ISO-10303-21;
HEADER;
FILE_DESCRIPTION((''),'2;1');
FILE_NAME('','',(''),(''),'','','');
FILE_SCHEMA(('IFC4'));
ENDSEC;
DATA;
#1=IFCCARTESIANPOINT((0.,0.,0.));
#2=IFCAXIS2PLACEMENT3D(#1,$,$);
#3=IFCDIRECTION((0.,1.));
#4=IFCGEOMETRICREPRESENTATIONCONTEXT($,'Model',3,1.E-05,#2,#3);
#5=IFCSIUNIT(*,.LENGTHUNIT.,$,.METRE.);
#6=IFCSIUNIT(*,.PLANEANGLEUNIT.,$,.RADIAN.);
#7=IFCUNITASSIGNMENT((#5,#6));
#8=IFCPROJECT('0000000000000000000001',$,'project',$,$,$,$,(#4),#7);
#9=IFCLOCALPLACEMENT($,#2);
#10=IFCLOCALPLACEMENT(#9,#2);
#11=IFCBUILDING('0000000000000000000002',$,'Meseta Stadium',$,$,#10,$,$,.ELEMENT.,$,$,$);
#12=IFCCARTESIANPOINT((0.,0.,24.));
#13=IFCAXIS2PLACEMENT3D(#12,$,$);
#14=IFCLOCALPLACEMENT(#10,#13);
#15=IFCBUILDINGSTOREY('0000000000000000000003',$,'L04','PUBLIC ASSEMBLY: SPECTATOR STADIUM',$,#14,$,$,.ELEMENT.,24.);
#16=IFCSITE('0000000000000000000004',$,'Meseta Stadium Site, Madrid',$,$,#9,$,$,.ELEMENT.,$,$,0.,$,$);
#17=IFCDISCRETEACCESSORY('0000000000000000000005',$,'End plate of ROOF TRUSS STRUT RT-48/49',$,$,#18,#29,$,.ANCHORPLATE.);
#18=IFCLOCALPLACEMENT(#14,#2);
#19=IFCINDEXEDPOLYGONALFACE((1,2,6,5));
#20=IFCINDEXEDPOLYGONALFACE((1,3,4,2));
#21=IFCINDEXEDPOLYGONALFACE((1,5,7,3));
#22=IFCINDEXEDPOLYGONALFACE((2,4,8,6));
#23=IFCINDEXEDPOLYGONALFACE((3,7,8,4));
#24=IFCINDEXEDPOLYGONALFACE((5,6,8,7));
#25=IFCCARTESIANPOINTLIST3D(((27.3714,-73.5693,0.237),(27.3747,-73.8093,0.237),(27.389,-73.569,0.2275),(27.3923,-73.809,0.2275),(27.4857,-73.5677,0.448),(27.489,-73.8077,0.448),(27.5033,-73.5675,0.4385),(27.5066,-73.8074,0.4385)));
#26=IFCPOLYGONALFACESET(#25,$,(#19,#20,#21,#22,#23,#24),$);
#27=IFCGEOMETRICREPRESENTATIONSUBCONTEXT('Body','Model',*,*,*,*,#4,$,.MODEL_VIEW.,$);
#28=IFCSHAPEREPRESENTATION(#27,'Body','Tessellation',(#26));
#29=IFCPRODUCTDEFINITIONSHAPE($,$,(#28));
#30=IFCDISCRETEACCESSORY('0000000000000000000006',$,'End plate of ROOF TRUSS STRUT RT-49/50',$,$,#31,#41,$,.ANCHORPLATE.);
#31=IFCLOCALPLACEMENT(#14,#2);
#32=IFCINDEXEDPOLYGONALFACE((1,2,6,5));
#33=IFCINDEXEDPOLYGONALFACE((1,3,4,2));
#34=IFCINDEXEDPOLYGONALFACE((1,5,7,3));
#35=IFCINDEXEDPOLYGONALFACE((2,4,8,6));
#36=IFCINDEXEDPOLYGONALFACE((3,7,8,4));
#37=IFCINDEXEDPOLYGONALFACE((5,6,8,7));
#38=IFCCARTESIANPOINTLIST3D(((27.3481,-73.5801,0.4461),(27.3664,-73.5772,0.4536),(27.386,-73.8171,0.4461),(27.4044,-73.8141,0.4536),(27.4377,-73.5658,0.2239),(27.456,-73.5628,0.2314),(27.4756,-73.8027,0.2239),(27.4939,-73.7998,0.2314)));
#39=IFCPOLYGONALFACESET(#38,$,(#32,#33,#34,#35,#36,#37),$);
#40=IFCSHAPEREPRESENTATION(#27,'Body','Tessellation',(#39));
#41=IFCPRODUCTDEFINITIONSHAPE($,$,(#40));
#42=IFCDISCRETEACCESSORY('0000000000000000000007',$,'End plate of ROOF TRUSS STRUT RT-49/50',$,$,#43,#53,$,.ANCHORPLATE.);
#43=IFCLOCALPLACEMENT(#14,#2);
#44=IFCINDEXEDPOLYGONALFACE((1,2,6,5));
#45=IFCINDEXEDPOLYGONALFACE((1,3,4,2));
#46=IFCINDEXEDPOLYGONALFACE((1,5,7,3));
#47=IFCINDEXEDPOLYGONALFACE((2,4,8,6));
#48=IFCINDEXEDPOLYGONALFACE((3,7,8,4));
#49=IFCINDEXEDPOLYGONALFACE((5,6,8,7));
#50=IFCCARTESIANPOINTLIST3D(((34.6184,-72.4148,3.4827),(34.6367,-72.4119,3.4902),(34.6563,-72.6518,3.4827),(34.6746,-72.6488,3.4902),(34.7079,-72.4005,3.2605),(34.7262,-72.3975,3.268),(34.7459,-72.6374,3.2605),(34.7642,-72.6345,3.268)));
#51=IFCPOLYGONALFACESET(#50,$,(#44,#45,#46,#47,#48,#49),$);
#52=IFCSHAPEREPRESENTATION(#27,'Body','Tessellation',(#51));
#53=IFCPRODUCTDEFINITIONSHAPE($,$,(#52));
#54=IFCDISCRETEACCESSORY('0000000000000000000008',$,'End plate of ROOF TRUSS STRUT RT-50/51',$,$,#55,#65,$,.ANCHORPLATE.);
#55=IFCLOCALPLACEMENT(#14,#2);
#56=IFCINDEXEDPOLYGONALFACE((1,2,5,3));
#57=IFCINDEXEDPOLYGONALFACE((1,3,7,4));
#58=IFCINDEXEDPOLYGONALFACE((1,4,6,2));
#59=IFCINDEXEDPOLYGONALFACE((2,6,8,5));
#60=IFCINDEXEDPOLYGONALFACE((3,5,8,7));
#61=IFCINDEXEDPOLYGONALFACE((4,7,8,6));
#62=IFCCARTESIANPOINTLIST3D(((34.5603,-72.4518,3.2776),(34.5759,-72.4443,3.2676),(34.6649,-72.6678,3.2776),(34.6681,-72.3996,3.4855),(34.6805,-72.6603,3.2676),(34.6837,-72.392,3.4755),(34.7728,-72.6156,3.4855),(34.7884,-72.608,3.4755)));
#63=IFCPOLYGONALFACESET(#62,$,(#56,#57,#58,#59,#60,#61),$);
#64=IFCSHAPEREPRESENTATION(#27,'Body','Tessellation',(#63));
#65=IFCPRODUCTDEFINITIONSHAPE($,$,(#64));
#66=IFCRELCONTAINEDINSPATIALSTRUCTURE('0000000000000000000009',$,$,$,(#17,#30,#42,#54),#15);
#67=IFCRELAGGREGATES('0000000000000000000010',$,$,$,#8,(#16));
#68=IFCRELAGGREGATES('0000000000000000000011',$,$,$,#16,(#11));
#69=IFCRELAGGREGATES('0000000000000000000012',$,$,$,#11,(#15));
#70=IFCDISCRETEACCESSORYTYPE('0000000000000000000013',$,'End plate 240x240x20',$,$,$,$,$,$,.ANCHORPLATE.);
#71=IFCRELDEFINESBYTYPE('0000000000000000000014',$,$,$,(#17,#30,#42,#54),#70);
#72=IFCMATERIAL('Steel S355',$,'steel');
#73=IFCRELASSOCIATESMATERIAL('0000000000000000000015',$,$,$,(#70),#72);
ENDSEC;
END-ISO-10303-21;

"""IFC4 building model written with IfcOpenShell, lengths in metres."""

from ifc_helpers import new_model, si_unit, direction, frame, origin, origin_2d, place, context, subcontext, project, spatial, rectangle, extrude, material, material_profile, profile_set, type_object, element, save


model = new_model("IFC4")

# Units and contexts
model_context = context("Model", 3, precision=1e-05, world=origin(), true_north=direction((0.0, 1.0)))
body_context = subcontext(model_context, "Body", "Model", "MODEL_VIEW")
ifc_project = project(units=[si_unit("LENGTHUNIT", "METRE"), si_unit("PLANEANGLEUNIT", "RADIAN")], contexts=[model_context])

# Site, building, storey
site_placement = place(None, origin())
site = spatial("IfcSite", under=ifc_project, at=site_placement, Name="Meseta Stadium Site, Madrid", CompositionType="ELEMENT", RefElevation=0.0)
building_placement = place(site_placement, origin())
building = spatial("IfcBuilding", under=site, at=building_placement, Name="Meseta Stadium", CompositionType="ELEMENT")
storey_placement = place(building_placement, frame((0.0, 0.0, 24.0)))
storey = spatial("IfcBuildingStorey", under=building, at=storey_placement, Name="L04", Description="PUBLIC ASSEMBLY: SPECTATOR STADIUM", CompositionType="ELEMENT", Elevation=24.0)

# Discrete accessories
ifc_material_1 = material(Name="Steel S355", Category="steel")
ifc_material_profile_1 = material_profile(ifc_material_1, rectangle(XDim=0.24, YDim=0.24, at=origin_2d()), Name="PL 240x240")
ifc_profile_set_1 = profile_set([ifc_material_profile_1], Name="Steel S355")
discrete_accessory_type_1 = type_object("IfcDiscreteAccessoryType", Name="End plate 240x240x20", PredefinedType="ANCHORPLATE", material=ifc_profile_set_1)
for number, where, z_axis, x_axis, name in (
    (1, (27.4302, -73.6885, 0.3425), (0.879226, 0.012211, -0.476248), (-0.013888, 0.999904, 0.0), "End plate of ROOF TRUSS STRUT RT-48/49"),
    (2, (27.4119, -73.6914, 0.335), (0.914226, 0.146276, 0.37788), (-0.157991, 0.987441, 0.0), "End plate of ROOF TRUSS STRUT RT-49/50"),
    (3, (34.6821, -72.5261, 3.3716), (0.914226, 0.146276, 0.37788), (-0.157991, 0.987441, 0.0), "End plate of ROOF TRUSS STRUT RT-49/50"),
    (4, (34.6665, -72.5337, 3.3816), (0.779677, 0.377656, -0.49948), (-0.435928, 0.899981, 0.0), "End plate of ROOF TRUSS STRUT RT-50/51"),
):
    element("IfcDiscreteAccessory", number, at=place(storey_placement, frame(where, z_axis=z_axis, x_axis=x_axis)), inside=storey, type_object=discrete_accessory_type_1, Name=name, PredefinedType="ANCHORPLATE", context=body_context, shape_type="SweptSolid", body=[
        extrude(rectangle(XDim=0.24, YDim=0.24, at=origin_2d()), origin(), (0.0, 0.0, 1.0), 0.02),
    ])

save(model, "model.ifc")
